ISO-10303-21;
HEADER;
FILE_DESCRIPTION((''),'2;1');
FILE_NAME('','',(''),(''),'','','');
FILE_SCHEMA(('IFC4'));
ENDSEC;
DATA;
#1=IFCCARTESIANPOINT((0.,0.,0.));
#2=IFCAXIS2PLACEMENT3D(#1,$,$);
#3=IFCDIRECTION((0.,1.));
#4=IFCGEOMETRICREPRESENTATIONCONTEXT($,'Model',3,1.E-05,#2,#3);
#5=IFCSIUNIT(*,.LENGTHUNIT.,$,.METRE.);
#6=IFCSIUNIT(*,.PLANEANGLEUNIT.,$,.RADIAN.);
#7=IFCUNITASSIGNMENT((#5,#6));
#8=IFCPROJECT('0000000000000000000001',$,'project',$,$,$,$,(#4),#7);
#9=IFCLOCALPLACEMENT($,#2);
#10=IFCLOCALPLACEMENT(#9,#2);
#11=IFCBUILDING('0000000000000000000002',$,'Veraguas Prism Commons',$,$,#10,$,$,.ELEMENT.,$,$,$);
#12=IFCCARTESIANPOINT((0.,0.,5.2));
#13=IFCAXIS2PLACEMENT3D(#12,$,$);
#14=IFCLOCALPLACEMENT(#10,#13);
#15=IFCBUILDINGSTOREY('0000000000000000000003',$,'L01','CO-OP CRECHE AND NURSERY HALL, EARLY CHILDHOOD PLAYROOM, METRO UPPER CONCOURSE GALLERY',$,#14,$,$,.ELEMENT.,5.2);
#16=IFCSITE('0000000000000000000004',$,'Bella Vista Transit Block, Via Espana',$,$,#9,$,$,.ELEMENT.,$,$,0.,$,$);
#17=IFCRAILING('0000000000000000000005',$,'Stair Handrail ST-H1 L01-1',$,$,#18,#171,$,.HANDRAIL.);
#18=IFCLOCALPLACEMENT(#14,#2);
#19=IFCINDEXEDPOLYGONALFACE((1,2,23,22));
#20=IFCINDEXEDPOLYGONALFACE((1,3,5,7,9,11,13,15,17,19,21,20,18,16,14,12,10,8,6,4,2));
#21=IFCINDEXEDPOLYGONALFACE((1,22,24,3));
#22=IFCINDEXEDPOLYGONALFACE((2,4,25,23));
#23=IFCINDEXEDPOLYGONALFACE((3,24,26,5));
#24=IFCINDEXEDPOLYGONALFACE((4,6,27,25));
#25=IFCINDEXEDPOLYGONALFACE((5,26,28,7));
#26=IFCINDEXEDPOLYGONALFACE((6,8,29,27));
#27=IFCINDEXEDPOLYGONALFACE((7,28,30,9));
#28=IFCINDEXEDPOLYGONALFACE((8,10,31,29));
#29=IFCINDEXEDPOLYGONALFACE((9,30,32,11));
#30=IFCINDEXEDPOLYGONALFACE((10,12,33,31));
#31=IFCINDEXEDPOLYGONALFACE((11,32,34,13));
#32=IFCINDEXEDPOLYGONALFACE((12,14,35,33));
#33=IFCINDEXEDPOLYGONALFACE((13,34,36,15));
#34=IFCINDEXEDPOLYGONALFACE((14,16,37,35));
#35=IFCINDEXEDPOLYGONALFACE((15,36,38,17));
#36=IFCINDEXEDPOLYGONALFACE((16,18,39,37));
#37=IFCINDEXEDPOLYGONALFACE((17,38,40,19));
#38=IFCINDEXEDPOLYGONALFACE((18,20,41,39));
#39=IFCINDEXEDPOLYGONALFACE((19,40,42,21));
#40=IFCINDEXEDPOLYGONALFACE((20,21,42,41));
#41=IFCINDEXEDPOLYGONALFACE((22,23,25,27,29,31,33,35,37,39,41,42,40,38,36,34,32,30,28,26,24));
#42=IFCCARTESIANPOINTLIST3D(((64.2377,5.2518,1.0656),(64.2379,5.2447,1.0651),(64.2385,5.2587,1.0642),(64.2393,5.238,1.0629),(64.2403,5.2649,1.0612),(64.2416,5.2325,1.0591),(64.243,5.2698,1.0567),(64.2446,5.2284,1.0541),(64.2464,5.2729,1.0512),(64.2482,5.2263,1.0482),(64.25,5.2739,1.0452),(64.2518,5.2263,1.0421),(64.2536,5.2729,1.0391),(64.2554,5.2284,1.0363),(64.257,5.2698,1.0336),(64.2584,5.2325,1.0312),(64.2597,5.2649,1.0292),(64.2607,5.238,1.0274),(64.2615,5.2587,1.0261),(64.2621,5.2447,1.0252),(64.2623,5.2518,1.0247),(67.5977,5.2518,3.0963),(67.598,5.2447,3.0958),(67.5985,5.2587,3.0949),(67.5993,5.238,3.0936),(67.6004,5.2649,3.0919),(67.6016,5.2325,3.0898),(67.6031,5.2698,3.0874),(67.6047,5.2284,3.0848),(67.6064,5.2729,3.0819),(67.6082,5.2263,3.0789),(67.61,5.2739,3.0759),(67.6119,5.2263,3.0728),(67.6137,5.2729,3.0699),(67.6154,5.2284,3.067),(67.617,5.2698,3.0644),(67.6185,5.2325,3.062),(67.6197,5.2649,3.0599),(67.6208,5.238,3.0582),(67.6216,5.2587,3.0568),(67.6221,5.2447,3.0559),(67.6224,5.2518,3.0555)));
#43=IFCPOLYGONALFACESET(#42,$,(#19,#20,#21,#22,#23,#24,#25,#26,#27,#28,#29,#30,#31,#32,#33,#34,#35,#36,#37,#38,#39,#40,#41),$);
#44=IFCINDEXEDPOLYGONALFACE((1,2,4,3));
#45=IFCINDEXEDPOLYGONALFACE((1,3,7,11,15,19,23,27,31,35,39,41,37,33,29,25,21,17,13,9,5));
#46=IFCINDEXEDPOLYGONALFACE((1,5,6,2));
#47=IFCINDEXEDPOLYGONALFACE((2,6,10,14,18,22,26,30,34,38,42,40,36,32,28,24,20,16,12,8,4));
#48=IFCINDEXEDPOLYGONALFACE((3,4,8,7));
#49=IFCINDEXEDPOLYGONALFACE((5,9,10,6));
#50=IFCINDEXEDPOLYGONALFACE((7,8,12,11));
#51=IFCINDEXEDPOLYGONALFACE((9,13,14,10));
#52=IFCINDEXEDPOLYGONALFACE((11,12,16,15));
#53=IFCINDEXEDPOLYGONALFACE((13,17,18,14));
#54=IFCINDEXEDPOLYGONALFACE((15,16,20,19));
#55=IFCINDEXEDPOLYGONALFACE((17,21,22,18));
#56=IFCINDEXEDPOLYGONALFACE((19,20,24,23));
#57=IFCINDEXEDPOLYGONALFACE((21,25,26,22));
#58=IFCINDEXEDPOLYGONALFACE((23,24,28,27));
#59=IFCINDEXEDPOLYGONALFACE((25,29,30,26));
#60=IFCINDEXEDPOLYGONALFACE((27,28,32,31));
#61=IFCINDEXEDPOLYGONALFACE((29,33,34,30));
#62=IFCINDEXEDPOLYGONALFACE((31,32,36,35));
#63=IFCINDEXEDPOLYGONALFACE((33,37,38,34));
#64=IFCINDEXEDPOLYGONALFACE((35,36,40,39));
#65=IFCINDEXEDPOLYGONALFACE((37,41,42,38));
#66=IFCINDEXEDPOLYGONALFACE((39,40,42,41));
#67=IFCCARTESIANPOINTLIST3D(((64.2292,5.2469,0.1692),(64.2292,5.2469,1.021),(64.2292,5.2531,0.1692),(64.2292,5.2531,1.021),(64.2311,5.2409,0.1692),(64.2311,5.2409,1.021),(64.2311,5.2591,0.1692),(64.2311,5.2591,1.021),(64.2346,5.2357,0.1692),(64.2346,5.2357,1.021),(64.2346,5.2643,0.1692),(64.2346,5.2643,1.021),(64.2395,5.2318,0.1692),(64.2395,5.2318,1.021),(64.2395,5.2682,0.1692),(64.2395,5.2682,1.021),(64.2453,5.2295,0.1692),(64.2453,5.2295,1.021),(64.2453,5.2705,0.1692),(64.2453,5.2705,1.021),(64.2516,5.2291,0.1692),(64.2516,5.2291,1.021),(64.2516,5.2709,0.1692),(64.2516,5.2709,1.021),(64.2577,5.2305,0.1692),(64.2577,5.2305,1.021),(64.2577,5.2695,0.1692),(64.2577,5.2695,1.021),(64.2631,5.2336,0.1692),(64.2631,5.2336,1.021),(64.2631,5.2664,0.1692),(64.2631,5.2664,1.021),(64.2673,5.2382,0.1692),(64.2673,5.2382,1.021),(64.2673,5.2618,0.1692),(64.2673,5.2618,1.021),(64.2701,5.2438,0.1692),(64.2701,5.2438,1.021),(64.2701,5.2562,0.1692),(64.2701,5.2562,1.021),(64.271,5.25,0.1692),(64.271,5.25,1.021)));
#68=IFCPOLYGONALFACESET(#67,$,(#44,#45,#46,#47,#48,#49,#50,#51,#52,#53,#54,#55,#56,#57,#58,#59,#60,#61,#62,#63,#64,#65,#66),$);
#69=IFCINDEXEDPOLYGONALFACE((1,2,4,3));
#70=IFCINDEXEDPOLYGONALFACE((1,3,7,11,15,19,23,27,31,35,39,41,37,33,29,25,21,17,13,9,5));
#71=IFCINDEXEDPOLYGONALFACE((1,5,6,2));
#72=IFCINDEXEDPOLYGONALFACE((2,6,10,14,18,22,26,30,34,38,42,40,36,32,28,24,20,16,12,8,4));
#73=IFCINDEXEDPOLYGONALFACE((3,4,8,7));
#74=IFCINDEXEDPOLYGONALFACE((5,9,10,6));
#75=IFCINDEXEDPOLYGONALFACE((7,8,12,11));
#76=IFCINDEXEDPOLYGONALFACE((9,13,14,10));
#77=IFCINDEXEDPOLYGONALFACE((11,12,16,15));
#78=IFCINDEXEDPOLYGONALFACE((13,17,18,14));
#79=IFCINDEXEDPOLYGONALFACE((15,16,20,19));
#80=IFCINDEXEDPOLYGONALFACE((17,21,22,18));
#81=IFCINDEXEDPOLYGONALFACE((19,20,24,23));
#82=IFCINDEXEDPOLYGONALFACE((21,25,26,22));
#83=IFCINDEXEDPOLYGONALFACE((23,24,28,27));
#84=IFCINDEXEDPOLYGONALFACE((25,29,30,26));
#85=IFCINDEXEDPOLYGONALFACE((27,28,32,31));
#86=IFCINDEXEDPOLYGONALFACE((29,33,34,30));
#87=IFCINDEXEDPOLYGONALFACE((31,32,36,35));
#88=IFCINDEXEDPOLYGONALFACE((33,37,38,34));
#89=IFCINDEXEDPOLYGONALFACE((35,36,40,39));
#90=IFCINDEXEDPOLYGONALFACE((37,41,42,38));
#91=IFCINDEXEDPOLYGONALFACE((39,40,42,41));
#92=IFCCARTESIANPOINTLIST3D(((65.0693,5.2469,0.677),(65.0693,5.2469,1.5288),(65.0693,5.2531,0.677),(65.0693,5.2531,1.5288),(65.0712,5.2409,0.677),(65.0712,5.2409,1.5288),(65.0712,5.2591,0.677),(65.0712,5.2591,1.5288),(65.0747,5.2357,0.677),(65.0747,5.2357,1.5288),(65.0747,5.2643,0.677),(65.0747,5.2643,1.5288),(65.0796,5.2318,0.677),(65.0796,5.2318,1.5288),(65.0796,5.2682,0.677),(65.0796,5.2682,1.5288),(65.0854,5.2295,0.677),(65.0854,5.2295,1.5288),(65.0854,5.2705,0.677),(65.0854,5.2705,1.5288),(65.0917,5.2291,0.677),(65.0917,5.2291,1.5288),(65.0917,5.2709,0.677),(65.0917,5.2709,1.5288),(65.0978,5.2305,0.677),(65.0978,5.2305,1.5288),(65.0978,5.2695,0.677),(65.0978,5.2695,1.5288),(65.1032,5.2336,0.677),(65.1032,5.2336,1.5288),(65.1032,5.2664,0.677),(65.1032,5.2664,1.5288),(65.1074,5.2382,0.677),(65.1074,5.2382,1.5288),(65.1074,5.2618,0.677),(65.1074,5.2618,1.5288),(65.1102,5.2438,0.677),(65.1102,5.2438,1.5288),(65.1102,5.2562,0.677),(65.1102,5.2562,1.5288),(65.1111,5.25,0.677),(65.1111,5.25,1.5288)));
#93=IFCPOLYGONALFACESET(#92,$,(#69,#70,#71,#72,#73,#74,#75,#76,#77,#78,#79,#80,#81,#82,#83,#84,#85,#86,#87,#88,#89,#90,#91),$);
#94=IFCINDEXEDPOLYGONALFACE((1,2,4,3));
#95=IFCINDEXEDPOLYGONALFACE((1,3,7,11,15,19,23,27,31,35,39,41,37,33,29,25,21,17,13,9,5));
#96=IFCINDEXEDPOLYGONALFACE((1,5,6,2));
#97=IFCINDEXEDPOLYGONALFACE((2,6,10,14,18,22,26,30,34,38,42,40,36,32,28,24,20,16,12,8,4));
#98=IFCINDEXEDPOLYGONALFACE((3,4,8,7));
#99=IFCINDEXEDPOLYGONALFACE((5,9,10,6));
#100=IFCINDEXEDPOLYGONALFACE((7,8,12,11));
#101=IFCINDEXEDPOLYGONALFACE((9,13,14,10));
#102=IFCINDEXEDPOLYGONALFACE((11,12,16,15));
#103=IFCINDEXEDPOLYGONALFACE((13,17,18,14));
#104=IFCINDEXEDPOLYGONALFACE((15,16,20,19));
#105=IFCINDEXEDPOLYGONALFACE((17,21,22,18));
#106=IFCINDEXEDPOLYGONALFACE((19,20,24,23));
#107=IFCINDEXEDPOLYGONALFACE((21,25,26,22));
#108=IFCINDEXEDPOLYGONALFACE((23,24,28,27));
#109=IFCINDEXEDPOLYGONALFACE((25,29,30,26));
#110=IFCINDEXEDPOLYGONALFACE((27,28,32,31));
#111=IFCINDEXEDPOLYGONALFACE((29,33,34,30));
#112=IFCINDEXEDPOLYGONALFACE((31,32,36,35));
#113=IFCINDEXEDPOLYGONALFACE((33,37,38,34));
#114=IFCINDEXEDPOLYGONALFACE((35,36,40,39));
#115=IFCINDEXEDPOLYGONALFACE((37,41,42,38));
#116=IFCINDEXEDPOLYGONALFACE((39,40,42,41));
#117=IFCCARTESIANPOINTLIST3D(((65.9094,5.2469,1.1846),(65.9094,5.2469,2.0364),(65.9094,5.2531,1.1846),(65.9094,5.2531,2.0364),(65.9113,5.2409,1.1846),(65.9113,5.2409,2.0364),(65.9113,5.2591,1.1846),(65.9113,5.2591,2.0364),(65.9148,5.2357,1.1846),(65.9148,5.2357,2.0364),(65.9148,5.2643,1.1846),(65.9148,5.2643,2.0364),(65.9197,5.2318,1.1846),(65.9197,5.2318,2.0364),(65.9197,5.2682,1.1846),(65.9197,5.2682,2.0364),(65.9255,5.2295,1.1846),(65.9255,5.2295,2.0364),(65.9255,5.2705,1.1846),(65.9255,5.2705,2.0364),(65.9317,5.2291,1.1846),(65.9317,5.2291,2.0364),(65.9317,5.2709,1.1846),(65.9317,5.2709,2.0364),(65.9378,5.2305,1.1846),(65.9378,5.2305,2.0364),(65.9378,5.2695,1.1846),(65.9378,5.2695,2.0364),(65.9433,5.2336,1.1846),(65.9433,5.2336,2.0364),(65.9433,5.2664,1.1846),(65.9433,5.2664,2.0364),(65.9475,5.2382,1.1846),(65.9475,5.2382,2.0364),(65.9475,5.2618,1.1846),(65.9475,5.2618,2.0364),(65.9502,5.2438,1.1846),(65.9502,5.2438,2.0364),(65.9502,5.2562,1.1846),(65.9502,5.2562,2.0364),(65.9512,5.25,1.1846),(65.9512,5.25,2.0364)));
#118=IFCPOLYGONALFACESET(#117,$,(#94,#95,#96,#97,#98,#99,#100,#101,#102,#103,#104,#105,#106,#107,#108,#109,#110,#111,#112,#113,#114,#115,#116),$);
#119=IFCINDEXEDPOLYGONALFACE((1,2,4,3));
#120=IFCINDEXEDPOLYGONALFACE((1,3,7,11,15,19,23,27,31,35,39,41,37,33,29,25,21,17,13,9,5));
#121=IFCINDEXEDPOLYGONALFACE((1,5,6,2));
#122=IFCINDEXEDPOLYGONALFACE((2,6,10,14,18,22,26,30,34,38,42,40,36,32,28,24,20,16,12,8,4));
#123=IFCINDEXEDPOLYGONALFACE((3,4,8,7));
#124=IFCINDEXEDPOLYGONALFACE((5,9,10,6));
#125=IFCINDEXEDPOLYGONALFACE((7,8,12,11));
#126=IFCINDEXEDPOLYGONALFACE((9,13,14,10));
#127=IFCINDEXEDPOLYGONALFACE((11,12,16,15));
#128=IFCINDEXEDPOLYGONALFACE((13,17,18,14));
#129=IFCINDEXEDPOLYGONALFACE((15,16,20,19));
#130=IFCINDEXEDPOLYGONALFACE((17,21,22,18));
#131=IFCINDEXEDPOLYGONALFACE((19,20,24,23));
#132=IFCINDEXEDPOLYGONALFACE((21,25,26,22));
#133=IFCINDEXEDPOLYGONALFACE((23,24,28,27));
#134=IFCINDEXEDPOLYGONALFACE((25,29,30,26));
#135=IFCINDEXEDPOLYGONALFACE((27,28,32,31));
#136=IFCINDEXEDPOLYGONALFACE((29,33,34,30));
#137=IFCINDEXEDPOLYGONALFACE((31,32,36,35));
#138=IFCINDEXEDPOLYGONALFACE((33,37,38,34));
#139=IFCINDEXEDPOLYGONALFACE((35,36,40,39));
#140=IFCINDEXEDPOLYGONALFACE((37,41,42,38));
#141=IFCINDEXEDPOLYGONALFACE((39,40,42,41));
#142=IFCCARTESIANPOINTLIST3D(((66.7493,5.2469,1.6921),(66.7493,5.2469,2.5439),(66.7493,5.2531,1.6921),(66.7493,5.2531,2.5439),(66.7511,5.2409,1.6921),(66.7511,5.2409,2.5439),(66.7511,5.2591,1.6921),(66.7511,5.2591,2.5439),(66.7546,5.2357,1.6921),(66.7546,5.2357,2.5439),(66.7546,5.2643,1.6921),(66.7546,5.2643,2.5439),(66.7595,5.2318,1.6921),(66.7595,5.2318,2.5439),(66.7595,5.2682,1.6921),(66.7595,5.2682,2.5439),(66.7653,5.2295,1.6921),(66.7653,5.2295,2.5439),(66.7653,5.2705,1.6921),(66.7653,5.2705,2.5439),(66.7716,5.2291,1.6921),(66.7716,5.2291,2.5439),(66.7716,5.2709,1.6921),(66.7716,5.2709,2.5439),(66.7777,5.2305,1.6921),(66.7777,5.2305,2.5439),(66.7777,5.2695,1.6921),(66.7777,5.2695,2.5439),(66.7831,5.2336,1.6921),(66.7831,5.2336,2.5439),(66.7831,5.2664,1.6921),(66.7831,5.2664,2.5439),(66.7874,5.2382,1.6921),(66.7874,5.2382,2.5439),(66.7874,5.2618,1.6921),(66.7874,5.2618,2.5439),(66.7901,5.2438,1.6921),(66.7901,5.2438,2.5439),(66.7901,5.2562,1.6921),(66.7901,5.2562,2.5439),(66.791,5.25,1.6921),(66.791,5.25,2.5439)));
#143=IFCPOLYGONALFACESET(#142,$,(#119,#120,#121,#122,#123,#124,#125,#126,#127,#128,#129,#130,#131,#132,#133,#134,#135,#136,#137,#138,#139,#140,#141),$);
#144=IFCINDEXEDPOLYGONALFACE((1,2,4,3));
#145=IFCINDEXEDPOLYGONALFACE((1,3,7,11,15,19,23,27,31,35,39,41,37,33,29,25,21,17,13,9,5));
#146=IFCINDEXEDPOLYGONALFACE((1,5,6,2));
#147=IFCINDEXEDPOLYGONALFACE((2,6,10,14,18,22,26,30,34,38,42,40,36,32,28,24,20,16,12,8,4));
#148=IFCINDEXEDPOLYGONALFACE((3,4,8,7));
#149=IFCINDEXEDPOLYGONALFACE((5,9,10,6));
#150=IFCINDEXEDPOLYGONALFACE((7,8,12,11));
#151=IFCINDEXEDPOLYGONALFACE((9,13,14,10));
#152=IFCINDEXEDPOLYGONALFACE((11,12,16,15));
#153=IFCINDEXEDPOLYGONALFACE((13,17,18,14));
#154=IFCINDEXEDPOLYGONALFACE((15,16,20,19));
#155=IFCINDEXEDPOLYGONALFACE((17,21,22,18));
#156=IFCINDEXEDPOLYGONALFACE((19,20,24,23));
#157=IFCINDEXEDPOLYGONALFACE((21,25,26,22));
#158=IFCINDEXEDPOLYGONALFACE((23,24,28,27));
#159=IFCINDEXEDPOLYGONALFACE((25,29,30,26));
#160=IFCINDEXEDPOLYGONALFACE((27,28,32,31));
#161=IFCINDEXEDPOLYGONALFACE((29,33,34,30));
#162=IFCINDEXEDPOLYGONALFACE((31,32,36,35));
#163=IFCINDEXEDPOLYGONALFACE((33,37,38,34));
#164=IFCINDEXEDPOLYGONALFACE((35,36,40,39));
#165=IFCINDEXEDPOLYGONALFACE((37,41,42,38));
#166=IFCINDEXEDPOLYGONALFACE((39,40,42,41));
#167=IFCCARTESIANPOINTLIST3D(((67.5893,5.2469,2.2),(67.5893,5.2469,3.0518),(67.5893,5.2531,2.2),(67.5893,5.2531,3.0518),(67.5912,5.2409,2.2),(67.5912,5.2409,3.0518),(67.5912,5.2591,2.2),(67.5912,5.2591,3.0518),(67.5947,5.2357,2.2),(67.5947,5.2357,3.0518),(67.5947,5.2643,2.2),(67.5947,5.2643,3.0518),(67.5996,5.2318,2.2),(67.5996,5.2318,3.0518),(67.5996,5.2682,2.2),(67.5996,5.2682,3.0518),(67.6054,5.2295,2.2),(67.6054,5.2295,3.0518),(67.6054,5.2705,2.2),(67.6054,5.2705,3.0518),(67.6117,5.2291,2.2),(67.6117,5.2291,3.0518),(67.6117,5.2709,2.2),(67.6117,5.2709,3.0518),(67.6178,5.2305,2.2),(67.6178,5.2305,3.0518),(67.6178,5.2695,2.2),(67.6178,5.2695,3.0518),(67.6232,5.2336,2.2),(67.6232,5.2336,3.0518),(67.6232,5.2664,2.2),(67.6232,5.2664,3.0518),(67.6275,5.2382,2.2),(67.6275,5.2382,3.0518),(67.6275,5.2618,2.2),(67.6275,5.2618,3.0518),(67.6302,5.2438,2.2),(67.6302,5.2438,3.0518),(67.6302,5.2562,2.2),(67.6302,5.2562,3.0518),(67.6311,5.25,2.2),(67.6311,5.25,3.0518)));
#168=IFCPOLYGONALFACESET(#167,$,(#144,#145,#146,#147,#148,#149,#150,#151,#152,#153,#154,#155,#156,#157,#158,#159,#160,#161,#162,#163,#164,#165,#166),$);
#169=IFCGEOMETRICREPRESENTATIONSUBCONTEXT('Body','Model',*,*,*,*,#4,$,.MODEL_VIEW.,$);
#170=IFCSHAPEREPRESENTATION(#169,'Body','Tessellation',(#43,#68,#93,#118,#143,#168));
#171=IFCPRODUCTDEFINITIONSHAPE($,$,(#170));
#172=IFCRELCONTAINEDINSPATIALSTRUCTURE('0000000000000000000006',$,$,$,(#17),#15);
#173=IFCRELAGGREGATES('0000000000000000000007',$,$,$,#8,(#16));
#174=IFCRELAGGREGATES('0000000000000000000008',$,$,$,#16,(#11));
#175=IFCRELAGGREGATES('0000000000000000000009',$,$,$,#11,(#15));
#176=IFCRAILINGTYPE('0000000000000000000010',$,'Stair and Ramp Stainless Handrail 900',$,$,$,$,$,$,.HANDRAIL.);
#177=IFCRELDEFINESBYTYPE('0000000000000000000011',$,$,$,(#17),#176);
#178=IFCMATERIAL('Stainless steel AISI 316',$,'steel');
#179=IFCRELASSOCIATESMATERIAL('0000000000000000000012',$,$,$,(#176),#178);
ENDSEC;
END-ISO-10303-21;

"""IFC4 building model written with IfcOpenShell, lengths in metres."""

from ifc_helpers import new_model, si_unit, direction, frame, origin, origin_2d, place, context, subcontext, project, spatial, circle, extrude, material, type_object, element, save


model = new_model("IFC4")

# Units and contexts
model_context = context("Model", 3, precision=1e-05, world=origin(), true_north=direction((0.0, 1.0)))
body_context = subcontext(model_context, "Body", "Model", "MODEL_VIEW")
ifc_project = project(units=[si_unit("LENGTHUNIT", "METRE"), si_unit("PLANEANGLEUNIT", "RADIAN")], contexts=[model_context])

# Site, building, storey
site_placement = place(None, origin())
site = spatial("IfcSite", under=ifc_project, at=site_placement, Name="Bella Vista Transit Block, Via Espana", CompositionType="ELEMENT", RefElevation=0.0)
building_placement = place(site_placement, origin())
building = spatial("IfcBuilding", under=site, at=building_placement, Name="Veraguas Prism Commons", CompositionType="ELEMENT")
storey_placement = place(building_placement, frame((0.0, 0.0, 5.2)))
storey = spatial("IfcBuildingStorey", under=building, at=storey_placement, Name="L01", Description="CO-OP CRECHE AND NURSERY HALL, EARLY CHILDHOOD PLAYROOM, METRO UPPER CONCOURSE GALLERY", CompositionType="ELEMENT", Elevation=5.2)

# Railing
ifc_material_1 = material(Name="Stainless steel AISI 316", Category="steel")
railing_type_1 = type_object("IfcRailingType", Name="Stair and Ramp Stainless Handrail 900", PredefinedType="HANDRAIL", material=ifc_material_1)
railing_1_placement = place(storey_placement, frame((64.25, 5.25, 0.1692)))
element("IfcRailing", 1, at=railing_1_placement, inside=storey, type_object=railing_type_1, Name="Stair Handrail ST-H1 L01-1", PredefinedType="HANDRAIL", context=body_context, shape_type="SweptSolid", body=[
    extrude(circle(Radius=0.0239, at=origin_2d()), frame((0.0, 0.0, 0.876), z_axis=(0.855837, 0.0, 0.517246), x_axis=(0.0, 1.0, 0.0)), (0.0, 0.0, 1.0), 3.926),
    extrude(circle(Radius=0.021, at=origin_2d()), origin(), (0.0, 0.0, 1.0), 0.8518),
    extrude(circle(Radius=0.021, at=origin_2d()), frame((0.8401, 0.0, 0.5078)), (0.0, 0.0, 1.0), 0.8518),
    extrude(circle(Radius=0.021, at=origin_2d()), frame((1.6802, 0.0, 1.0154)), (0.0, 0.0, 1.0), 0.8518),
    extrude(circle(Radius=0.021, at=origin_2d()), frame((2.52, 0.0, 1.5229)), (0.0, 0.0, 1.0), 0.8518),
    extrude(circle(Radius=0.021, at=origin_2d()), frame((3.3601, 0.0, 2.0308)), (0.0, 0.0, 1.0), 0.8518),
])

save(model, "model.ifc")
